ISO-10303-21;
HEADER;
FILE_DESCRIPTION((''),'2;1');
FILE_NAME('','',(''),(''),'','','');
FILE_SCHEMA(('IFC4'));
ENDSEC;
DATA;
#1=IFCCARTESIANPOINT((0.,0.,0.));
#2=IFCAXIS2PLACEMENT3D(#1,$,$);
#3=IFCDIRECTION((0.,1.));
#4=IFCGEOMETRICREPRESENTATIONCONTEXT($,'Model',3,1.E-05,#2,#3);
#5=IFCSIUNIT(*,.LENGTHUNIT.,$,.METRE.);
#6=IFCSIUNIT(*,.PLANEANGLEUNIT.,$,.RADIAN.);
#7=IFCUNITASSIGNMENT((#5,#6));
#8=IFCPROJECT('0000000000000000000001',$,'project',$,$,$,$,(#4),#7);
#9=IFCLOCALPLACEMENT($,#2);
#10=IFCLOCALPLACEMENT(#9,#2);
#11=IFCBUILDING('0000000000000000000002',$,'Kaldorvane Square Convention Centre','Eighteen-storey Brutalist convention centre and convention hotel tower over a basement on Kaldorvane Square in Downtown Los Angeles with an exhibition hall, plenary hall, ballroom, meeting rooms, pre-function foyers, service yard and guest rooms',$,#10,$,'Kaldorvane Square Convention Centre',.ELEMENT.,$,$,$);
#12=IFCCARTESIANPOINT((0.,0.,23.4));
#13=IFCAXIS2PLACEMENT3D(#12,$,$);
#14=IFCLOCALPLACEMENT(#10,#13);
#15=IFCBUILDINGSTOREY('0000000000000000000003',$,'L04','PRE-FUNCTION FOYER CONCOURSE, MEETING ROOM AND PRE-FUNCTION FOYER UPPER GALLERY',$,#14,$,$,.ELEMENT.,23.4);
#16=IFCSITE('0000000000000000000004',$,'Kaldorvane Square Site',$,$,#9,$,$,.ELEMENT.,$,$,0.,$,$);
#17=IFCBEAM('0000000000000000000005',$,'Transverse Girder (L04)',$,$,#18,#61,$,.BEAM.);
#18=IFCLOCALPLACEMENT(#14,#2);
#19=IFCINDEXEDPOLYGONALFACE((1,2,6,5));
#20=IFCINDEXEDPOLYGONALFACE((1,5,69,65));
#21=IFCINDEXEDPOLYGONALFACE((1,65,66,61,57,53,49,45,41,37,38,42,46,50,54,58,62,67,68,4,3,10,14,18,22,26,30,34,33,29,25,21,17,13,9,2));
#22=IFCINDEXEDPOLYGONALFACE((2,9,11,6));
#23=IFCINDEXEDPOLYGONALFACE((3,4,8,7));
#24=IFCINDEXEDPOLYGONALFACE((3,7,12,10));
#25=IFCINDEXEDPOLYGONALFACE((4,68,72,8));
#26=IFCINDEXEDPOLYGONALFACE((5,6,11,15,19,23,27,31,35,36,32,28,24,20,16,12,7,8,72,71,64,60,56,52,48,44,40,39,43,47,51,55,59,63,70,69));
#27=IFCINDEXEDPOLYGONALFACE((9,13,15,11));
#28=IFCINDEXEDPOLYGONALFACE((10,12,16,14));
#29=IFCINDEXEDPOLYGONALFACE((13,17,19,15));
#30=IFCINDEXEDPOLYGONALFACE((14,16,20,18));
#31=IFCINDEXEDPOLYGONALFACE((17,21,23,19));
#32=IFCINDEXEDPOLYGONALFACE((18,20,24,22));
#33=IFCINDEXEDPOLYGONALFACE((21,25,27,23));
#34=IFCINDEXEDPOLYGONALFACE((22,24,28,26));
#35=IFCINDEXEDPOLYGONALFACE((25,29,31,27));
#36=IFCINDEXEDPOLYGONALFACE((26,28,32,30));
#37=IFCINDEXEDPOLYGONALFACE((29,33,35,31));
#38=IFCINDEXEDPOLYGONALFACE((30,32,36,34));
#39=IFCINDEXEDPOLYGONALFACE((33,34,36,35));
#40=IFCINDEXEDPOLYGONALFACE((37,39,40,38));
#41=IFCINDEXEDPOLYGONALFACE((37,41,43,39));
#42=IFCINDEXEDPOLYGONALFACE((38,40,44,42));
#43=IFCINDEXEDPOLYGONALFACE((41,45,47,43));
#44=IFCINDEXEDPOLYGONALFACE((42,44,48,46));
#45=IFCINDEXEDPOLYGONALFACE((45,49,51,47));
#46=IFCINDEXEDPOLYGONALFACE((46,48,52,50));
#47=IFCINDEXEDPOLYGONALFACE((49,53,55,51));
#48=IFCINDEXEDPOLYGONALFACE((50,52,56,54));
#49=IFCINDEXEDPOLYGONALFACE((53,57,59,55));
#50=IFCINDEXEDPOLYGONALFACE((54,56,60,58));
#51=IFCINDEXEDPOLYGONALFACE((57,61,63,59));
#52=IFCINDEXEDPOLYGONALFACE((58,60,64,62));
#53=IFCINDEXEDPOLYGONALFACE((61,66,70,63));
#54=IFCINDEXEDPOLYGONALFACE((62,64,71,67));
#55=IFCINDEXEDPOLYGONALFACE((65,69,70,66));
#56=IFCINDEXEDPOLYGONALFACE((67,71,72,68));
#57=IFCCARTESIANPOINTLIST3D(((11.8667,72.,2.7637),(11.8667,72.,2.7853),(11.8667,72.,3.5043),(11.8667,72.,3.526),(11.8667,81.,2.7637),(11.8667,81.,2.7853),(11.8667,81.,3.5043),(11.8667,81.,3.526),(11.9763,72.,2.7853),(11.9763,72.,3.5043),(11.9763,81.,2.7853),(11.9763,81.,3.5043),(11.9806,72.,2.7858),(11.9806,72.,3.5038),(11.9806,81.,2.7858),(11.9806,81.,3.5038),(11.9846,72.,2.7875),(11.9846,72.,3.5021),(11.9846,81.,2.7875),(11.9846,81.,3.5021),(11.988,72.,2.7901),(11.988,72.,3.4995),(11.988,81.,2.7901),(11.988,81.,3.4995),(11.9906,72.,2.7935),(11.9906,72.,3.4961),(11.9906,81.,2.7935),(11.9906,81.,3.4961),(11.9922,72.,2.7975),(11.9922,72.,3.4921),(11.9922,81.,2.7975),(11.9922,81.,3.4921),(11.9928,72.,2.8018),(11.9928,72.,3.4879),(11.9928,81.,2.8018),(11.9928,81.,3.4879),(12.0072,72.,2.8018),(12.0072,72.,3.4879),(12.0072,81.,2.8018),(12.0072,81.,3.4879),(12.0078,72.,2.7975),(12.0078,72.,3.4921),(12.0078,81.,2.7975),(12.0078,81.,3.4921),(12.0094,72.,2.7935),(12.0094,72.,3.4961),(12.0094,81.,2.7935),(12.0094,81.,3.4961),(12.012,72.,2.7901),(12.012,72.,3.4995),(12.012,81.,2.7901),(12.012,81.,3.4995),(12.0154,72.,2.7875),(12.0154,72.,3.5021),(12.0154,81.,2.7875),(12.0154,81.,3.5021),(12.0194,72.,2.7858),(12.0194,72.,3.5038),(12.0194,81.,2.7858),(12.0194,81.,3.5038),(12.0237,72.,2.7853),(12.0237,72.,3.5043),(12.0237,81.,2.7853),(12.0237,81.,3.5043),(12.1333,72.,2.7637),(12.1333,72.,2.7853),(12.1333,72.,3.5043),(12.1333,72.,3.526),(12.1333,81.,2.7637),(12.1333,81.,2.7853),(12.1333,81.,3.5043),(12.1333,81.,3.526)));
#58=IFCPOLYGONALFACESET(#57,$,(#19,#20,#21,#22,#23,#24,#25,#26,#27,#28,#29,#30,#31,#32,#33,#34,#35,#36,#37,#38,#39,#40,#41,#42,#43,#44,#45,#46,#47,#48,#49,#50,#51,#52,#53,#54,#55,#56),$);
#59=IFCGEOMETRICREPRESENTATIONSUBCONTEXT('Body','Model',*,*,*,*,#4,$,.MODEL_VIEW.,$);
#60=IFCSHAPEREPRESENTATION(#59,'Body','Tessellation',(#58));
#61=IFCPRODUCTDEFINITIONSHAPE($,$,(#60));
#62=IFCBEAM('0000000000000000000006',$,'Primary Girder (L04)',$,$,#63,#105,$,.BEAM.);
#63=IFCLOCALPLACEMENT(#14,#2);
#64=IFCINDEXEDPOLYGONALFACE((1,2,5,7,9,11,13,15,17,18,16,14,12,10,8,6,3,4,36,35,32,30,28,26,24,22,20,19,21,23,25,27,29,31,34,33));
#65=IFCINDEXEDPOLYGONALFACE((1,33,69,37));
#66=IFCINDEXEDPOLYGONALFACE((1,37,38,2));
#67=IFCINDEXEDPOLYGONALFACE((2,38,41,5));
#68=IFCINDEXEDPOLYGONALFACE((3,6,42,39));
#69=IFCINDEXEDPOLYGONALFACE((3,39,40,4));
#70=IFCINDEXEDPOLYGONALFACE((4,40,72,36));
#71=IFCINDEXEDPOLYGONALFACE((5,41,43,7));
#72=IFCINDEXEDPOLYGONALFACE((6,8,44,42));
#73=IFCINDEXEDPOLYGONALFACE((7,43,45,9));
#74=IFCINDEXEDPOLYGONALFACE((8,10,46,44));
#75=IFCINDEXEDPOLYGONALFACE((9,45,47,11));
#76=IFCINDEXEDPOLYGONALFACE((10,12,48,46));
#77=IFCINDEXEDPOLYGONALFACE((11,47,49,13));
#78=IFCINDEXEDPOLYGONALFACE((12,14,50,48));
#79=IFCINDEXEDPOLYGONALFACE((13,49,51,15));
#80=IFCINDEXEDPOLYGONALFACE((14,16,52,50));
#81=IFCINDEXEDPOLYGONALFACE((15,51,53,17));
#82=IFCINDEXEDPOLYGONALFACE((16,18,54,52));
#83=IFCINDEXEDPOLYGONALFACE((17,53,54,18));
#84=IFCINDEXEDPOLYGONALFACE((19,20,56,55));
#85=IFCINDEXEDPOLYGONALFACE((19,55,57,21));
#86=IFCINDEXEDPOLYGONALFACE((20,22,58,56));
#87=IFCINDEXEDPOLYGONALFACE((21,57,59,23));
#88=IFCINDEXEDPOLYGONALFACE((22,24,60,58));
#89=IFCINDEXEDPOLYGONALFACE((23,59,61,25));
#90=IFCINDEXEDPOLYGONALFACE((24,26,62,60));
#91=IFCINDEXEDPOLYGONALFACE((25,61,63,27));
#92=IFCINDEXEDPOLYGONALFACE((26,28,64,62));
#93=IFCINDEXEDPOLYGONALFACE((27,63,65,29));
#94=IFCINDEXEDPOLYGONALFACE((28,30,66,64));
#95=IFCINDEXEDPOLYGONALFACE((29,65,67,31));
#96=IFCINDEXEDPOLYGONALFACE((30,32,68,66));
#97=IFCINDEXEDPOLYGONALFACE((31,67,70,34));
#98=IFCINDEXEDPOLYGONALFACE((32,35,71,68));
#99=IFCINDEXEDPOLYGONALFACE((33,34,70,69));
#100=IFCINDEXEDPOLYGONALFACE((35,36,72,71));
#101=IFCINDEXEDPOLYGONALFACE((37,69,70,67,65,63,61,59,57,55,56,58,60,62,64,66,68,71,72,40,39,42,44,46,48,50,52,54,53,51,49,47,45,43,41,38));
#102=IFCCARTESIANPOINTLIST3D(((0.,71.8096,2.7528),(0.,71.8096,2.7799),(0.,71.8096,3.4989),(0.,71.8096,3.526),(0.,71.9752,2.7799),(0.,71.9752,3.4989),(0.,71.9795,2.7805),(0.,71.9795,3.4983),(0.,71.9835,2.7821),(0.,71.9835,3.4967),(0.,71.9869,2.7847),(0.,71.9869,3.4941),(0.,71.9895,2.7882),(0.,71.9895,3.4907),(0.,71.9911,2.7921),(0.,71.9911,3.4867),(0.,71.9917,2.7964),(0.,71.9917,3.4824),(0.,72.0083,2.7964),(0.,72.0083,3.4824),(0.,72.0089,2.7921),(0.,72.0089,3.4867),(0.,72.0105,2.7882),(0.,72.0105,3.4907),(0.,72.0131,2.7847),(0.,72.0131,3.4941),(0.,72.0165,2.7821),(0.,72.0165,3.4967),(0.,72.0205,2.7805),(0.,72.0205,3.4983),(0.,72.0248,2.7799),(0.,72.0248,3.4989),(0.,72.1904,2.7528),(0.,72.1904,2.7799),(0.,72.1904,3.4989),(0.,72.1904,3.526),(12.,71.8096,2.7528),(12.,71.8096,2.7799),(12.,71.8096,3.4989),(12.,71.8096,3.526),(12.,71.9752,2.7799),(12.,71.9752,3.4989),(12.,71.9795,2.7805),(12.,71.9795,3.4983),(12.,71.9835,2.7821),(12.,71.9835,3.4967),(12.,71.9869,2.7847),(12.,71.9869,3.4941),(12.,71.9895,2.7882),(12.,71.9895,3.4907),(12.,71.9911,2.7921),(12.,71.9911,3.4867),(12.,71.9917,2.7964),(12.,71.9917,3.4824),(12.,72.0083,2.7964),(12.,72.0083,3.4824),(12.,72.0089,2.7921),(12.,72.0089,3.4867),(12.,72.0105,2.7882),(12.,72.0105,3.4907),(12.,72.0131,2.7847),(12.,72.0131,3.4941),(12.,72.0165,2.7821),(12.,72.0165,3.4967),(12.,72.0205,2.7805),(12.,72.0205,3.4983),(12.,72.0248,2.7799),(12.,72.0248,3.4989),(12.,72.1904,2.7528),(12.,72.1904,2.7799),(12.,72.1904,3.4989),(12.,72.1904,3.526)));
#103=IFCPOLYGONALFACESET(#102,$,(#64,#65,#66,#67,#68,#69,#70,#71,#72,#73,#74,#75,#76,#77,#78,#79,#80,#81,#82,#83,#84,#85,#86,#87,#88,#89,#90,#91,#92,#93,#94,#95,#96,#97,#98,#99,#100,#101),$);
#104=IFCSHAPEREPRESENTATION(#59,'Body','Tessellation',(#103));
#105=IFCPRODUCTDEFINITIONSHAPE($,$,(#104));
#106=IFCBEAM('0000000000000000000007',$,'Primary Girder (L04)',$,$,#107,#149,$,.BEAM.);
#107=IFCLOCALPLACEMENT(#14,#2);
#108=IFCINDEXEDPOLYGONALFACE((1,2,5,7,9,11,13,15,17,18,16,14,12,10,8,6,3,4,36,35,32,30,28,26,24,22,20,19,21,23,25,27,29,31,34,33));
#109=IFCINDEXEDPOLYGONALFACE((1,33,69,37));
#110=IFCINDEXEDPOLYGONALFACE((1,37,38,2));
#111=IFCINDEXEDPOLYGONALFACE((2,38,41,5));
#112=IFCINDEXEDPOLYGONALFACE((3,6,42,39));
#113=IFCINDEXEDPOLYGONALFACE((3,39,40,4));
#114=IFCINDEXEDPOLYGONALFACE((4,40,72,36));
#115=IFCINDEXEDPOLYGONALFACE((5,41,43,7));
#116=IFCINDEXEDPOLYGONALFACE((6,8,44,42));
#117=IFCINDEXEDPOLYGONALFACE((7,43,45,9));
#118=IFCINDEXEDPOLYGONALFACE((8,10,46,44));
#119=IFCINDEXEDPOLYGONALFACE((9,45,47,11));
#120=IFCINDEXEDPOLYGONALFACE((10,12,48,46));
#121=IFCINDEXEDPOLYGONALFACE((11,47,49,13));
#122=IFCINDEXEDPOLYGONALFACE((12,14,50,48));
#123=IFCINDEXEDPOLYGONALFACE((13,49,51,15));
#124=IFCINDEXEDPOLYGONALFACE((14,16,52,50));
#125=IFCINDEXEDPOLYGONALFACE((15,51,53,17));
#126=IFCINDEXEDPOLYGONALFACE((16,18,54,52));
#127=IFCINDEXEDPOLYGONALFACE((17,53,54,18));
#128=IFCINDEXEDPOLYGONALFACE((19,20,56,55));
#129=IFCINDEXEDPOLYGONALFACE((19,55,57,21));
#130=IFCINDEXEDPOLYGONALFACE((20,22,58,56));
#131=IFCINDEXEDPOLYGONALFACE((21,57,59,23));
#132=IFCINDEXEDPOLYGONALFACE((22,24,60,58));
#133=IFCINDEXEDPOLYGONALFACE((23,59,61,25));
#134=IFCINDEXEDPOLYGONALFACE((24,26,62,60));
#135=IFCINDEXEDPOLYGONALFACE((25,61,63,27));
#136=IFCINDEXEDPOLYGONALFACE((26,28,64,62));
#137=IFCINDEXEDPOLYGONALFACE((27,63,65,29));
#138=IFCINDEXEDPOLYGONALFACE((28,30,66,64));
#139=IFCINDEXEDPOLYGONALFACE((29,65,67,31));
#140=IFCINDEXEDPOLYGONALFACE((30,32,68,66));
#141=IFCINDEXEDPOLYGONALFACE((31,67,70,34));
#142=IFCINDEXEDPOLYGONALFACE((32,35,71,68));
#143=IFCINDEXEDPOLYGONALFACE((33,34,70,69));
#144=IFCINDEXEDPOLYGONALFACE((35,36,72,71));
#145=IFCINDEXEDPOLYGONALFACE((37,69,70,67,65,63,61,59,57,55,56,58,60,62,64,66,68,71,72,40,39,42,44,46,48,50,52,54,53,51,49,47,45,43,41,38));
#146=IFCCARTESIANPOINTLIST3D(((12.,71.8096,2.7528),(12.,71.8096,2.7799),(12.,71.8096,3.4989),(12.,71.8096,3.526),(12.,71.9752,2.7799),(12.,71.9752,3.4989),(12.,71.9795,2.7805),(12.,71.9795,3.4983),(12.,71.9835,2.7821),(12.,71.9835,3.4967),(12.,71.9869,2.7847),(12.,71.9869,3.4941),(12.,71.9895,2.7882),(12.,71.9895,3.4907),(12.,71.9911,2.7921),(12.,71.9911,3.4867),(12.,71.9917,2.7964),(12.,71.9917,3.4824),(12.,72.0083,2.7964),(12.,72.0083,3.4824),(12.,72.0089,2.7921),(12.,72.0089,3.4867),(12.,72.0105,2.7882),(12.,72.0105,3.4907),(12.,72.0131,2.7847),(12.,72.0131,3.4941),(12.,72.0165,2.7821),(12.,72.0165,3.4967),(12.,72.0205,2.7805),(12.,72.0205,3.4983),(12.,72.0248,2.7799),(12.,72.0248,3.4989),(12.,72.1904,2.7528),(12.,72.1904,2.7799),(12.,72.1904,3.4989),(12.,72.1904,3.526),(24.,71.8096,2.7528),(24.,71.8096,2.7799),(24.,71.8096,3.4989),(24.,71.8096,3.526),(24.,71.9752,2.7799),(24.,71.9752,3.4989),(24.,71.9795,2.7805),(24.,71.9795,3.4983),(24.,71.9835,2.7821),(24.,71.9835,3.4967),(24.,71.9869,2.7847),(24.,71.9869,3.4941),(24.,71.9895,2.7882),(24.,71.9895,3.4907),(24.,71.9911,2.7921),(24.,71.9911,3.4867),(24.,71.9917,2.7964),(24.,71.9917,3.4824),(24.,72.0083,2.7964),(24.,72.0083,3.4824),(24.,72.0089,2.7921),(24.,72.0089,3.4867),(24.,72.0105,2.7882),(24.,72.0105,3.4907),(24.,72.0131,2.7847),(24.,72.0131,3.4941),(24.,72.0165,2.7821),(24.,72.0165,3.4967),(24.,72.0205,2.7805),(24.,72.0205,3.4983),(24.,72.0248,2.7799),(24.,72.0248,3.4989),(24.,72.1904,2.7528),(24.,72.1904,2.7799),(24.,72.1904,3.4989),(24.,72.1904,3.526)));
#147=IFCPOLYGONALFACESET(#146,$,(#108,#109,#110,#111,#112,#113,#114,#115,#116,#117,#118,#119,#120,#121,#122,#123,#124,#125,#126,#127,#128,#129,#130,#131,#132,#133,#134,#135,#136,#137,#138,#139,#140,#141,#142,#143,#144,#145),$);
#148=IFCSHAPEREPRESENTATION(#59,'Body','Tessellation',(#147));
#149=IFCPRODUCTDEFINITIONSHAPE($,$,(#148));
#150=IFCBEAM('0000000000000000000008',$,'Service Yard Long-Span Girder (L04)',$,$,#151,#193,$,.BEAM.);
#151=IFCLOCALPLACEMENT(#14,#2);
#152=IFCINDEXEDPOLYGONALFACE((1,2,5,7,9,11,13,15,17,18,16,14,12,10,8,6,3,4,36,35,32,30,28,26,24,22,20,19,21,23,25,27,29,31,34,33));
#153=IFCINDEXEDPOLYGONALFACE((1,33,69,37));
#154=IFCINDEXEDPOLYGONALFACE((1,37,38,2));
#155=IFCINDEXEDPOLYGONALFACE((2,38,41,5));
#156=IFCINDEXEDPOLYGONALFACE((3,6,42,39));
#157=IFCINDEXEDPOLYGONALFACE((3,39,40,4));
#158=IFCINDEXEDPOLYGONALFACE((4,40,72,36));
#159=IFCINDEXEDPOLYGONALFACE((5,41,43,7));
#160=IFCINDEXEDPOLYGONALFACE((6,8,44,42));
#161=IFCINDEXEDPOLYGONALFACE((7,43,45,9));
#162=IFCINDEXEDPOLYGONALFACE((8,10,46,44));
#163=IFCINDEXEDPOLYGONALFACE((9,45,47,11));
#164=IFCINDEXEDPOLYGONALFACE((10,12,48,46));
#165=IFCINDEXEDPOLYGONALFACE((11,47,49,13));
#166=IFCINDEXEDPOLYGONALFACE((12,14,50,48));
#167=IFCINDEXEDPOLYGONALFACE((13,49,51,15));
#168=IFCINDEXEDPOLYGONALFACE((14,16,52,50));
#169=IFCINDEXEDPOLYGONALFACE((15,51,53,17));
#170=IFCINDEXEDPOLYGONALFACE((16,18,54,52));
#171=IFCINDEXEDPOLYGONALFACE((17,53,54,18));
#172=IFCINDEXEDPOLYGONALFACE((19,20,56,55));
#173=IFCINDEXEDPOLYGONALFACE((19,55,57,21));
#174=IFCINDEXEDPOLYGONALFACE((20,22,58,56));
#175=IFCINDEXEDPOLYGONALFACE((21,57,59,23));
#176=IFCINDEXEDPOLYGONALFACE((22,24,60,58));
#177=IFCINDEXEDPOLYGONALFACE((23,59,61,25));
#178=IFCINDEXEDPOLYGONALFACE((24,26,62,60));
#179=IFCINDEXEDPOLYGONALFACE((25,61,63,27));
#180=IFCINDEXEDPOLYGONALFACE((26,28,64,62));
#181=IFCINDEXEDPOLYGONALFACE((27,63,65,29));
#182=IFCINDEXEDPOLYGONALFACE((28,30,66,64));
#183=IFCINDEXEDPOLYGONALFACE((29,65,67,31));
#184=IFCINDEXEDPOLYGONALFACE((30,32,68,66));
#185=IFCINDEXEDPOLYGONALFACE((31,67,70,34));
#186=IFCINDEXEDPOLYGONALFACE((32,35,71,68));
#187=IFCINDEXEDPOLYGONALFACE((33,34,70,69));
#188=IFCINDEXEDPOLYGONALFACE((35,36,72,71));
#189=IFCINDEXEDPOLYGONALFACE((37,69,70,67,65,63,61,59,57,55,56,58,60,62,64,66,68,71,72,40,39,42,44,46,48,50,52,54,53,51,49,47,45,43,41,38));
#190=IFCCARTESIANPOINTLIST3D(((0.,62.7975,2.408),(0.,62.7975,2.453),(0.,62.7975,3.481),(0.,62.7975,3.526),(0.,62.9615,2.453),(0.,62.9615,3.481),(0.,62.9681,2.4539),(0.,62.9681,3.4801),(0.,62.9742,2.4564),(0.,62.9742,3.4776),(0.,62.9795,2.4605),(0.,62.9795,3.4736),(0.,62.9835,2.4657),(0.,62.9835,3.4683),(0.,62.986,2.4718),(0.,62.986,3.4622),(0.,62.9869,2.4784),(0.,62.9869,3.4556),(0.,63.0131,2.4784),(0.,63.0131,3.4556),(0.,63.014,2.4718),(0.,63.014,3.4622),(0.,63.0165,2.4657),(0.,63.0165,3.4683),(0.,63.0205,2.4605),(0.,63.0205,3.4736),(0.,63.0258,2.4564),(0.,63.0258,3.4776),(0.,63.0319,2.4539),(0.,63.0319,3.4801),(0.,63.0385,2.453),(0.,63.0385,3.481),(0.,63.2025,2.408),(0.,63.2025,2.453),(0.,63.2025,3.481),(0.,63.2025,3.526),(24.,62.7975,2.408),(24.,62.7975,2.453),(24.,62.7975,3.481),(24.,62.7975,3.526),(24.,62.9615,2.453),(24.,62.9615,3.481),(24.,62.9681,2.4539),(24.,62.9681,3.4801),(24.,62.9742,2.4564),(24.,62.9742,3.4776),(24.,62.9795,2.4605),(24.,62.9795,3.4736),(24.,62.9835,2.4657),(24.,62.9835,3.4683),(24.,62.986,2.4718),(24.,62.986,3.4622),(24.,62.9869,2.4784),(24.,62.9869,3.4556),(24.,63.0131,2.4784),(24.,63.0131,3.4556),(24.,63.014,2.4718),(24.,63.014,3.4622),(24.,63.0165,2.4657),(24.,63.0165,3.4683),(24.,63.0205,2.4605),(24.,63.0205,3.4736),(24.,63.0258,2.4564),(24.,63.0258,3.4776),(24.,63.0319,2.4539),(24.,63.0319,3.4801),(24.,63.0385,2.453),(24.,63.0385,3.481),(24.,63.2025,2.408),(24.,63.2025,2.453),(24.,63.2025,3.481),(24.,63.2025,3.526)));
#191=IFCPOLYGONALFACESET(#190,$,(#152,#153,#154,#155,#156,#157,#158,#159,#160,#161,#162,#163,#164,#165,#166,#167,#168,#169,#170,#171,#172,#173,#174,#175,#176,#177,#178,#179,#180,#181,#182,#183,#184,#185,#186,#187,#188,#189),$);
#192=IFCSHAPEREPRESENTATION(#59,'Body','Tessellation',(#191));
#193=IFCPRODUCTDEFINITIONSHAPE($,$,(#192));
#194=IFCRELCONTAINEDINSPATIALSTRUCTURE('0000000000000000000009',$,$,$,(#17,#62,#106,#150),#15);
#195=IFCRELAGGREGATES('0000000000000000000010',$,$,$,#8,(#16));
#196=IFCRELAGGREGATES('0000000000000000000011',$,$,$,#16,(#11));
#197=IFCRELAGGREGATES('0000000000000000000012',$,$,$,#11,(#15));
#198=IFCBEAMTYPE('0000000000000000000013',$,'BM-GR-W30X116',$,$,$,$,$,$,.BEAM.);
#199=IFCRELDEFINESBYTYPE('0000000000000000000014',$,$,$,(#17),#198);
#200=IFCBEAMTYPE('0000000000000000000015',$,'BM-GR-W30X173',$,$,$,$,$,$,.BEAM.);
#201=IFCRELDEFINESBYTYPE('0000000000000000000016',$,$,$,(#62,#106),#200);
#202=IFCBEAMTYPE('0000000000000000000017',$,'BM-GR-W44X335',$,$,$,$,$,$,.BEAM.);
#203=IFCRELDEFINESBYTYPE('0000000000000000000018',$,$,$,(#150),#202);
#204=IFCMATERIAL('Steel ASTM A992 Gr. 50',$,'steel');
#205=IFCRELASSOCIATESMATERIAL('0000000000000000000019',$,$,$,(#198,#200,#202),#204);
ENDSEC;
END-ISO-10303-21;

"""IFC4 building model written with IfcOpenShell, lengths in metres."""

from ifc_helpers import new_model, si_unit, direction, frame, origin, origin_2d, place, context, subcontext, project, spatial, i_section, extrude, material, material_profile, profile_set, type_object, element, save


model = new_model("IFC4")

# Units and contexts
model_context = context("Model", 3, precision=1e-05, world=origin(), true_north=direction((0.0, 1.0)))
body_context = subcontext(model_context, "Body", "Model", "MODEL_VIEW")
ifc_project = project(units=[si_unit("LENGTHUNIT", "METRE"), si_unit("PLANEANGLEUNIT", "RADIAN")], contexts=[model_context])

# Site, building, storey
site_placement = place(None, origin())
site = spatial("IfcSite", under=ifc_project, at=site_placement, Name="Kaldorvane Square Site", CompositionType="ELEMENT", RefElevation=0.0)
building_placement = place(site_placement, origin())
building = spatial("IfcBuilding", under=site, at=building_placement, Name="Kaldorvane Square Convention Centre", Description="Eighteen-storey Brutalist convention centre and convention hotel tower over a basement on Kaldorvane Square in Downtown Los Angeles with an exhibition hall, plenary hall, ballroom, meeting rooms, pre-function foyers, service yard and guest rooms", LongName="Kaldorvane Square Convention Centre", CompositionType="ELEMENT")
storey_placement = place(building_placement, frame((0.0, 0.0, 23.4)))
storey = spatial("IfcBuildingStorey", under=building, at=storey_placement, Name="L04", Description="PRE-FUNCTION FOYER CONCOURSE, MEETING ROOM AND PRE-FUNCTION FOYER UPPER GALLERY", CompositionType="ELEMENT", Elevation=23.4)

# Shared definitions
ifc_material_1 = material(Name="Steel ASTM A992 Gr. 50", Category="steel")

# Beams
ifc_material_profile_1 = material_profile(ifc_material_1, i_section(OverallWidth=0.2666, OverallDepth=0.7623, WebThickness=0.0144, FlangeThickness=0.0216, FilletRadius=0.0165, at=origin_2d()), Name="W30X116")
ifc_profile_set_1 = profile_set([ifc_material_profile_1], Name="Steel ASTM A992 Gr. 50")
beam_type_1 = type_object("IfcBeamType", Name="BM-GR-W30X116", PredefinedType="BEAM", material=ifc_profile_set_1)
beam_1_placement = place(storey_placement, frame((12.0, 72.0, 3.1448), z_axis=(0.0, 1.0, 0.0), x_axis=(-1.0, 0.0, 0.0)))
element("IfcBeam", 1, at=beam_1_placement, inside=storey, type_object=beam_type_1, Name="Transverse Girder (L04)", PredefinedType="BEAM", context=body_context, shape_type="SweptSolid", body=[
    extrude(i_section(OverallWidth=0.2666, OverallDepth=0.7623, WebThickness=0.0144, FlangeThickness=0.0216, FilletRadius=0.0165, at=origin_2d()), origin(), (0.0, 0.0, 1.0), 9.0),
])
ifc_material_profile_2 = material_profile(ifc_material_1, i_section(OverallWidth=0.3807, OverallDepth=0.7732, WebThickness=0.0166, FlangeThickness=0.0271, FilletRadius=0.0165, at=origin_2d()), Name="W30X173")
ifc_profile_set_2 = profile_set([ifc_material_profile_2], Name="Steel ASTM A992 Gr. 50")
beam_type_2 = type_object("IfcBeamType", Name="BM-GR-W30X173", PredefinedType="BEAM", material=ifc_profile_set_2)
for number, where, z_axis, x_axis, name in (
    (2, (0.0, 72.0, 3.1394), (1.0, 0.0, 0.0), (0.0, 1.0, 0.0), "Primary Girder (L04)"),
    (3, (12.0, 72.0, 3.1394), (1.0, 0.0, 0.0), (0.0, 1.0, 0.0), "Primary Girder (L04)"),
):
    element("IfcBeam", number, at=place(storey_placement, frame(where, z_axis=z_axis, x_axis=x_axis)), inside=storey, type_object=beam_type_2, Name=name, PredefinedType="BEAM", context=body_context, shape_type="SweptSolid", body=[
        extrude(i_section(OverallWidth=0.3807, OverallDepth=0.7732, WebThickness=0.0166, FlangeThickness=0.0271, FilletRadius=0.0165, at=origin_2d()), origin(), (0.0, 0.0, 1.0), 12.0),
    ])
ifc_material_profile_3 = material_profile(ifc_material_1, i_section(OverallWidth=0.405, OverallDepth=1.118, WebThickness=0.0262, FlangeThickness=0.045, FilletRadius=0.0254, at=origin_2d()), Name="W44X335")
ifc_profile_set_3 = profile_set([ifc_material_profile_3], Name="Steel ASTM A992 Gr. 50")
beam_type_3 = type_object("IfcBeamType", Name="BM-GR-W44X335", PredefinedType="BEAM", material=ifc_profile_set_3)
beam_2_placement = place(storey_placement, frame((0.0, 63.0, 2.967), z_axis=(1.0, 0.0, 0.0), x_axis=(0.0, 1.0, 0.0)))
element("IfcBeam", 4, at=beam_2_placement, inside=storey, type_object=beam_type_3, Name="Service Yard Long-Span Girder (L04)", PredefinedType="BEAM", context=body_context, shape_type="SweptSolid", body=[
    extrude(i_section(OverallWidth=0.405, OverallDepth=1.118, WebThickness=0.0262, FlangeThickness=0.045, FilletRadius=0.0254, at=origin_2d()), origin(), (0.0, 0.0, 1.0), 24.0),
])

save(model, "model.ifc")
